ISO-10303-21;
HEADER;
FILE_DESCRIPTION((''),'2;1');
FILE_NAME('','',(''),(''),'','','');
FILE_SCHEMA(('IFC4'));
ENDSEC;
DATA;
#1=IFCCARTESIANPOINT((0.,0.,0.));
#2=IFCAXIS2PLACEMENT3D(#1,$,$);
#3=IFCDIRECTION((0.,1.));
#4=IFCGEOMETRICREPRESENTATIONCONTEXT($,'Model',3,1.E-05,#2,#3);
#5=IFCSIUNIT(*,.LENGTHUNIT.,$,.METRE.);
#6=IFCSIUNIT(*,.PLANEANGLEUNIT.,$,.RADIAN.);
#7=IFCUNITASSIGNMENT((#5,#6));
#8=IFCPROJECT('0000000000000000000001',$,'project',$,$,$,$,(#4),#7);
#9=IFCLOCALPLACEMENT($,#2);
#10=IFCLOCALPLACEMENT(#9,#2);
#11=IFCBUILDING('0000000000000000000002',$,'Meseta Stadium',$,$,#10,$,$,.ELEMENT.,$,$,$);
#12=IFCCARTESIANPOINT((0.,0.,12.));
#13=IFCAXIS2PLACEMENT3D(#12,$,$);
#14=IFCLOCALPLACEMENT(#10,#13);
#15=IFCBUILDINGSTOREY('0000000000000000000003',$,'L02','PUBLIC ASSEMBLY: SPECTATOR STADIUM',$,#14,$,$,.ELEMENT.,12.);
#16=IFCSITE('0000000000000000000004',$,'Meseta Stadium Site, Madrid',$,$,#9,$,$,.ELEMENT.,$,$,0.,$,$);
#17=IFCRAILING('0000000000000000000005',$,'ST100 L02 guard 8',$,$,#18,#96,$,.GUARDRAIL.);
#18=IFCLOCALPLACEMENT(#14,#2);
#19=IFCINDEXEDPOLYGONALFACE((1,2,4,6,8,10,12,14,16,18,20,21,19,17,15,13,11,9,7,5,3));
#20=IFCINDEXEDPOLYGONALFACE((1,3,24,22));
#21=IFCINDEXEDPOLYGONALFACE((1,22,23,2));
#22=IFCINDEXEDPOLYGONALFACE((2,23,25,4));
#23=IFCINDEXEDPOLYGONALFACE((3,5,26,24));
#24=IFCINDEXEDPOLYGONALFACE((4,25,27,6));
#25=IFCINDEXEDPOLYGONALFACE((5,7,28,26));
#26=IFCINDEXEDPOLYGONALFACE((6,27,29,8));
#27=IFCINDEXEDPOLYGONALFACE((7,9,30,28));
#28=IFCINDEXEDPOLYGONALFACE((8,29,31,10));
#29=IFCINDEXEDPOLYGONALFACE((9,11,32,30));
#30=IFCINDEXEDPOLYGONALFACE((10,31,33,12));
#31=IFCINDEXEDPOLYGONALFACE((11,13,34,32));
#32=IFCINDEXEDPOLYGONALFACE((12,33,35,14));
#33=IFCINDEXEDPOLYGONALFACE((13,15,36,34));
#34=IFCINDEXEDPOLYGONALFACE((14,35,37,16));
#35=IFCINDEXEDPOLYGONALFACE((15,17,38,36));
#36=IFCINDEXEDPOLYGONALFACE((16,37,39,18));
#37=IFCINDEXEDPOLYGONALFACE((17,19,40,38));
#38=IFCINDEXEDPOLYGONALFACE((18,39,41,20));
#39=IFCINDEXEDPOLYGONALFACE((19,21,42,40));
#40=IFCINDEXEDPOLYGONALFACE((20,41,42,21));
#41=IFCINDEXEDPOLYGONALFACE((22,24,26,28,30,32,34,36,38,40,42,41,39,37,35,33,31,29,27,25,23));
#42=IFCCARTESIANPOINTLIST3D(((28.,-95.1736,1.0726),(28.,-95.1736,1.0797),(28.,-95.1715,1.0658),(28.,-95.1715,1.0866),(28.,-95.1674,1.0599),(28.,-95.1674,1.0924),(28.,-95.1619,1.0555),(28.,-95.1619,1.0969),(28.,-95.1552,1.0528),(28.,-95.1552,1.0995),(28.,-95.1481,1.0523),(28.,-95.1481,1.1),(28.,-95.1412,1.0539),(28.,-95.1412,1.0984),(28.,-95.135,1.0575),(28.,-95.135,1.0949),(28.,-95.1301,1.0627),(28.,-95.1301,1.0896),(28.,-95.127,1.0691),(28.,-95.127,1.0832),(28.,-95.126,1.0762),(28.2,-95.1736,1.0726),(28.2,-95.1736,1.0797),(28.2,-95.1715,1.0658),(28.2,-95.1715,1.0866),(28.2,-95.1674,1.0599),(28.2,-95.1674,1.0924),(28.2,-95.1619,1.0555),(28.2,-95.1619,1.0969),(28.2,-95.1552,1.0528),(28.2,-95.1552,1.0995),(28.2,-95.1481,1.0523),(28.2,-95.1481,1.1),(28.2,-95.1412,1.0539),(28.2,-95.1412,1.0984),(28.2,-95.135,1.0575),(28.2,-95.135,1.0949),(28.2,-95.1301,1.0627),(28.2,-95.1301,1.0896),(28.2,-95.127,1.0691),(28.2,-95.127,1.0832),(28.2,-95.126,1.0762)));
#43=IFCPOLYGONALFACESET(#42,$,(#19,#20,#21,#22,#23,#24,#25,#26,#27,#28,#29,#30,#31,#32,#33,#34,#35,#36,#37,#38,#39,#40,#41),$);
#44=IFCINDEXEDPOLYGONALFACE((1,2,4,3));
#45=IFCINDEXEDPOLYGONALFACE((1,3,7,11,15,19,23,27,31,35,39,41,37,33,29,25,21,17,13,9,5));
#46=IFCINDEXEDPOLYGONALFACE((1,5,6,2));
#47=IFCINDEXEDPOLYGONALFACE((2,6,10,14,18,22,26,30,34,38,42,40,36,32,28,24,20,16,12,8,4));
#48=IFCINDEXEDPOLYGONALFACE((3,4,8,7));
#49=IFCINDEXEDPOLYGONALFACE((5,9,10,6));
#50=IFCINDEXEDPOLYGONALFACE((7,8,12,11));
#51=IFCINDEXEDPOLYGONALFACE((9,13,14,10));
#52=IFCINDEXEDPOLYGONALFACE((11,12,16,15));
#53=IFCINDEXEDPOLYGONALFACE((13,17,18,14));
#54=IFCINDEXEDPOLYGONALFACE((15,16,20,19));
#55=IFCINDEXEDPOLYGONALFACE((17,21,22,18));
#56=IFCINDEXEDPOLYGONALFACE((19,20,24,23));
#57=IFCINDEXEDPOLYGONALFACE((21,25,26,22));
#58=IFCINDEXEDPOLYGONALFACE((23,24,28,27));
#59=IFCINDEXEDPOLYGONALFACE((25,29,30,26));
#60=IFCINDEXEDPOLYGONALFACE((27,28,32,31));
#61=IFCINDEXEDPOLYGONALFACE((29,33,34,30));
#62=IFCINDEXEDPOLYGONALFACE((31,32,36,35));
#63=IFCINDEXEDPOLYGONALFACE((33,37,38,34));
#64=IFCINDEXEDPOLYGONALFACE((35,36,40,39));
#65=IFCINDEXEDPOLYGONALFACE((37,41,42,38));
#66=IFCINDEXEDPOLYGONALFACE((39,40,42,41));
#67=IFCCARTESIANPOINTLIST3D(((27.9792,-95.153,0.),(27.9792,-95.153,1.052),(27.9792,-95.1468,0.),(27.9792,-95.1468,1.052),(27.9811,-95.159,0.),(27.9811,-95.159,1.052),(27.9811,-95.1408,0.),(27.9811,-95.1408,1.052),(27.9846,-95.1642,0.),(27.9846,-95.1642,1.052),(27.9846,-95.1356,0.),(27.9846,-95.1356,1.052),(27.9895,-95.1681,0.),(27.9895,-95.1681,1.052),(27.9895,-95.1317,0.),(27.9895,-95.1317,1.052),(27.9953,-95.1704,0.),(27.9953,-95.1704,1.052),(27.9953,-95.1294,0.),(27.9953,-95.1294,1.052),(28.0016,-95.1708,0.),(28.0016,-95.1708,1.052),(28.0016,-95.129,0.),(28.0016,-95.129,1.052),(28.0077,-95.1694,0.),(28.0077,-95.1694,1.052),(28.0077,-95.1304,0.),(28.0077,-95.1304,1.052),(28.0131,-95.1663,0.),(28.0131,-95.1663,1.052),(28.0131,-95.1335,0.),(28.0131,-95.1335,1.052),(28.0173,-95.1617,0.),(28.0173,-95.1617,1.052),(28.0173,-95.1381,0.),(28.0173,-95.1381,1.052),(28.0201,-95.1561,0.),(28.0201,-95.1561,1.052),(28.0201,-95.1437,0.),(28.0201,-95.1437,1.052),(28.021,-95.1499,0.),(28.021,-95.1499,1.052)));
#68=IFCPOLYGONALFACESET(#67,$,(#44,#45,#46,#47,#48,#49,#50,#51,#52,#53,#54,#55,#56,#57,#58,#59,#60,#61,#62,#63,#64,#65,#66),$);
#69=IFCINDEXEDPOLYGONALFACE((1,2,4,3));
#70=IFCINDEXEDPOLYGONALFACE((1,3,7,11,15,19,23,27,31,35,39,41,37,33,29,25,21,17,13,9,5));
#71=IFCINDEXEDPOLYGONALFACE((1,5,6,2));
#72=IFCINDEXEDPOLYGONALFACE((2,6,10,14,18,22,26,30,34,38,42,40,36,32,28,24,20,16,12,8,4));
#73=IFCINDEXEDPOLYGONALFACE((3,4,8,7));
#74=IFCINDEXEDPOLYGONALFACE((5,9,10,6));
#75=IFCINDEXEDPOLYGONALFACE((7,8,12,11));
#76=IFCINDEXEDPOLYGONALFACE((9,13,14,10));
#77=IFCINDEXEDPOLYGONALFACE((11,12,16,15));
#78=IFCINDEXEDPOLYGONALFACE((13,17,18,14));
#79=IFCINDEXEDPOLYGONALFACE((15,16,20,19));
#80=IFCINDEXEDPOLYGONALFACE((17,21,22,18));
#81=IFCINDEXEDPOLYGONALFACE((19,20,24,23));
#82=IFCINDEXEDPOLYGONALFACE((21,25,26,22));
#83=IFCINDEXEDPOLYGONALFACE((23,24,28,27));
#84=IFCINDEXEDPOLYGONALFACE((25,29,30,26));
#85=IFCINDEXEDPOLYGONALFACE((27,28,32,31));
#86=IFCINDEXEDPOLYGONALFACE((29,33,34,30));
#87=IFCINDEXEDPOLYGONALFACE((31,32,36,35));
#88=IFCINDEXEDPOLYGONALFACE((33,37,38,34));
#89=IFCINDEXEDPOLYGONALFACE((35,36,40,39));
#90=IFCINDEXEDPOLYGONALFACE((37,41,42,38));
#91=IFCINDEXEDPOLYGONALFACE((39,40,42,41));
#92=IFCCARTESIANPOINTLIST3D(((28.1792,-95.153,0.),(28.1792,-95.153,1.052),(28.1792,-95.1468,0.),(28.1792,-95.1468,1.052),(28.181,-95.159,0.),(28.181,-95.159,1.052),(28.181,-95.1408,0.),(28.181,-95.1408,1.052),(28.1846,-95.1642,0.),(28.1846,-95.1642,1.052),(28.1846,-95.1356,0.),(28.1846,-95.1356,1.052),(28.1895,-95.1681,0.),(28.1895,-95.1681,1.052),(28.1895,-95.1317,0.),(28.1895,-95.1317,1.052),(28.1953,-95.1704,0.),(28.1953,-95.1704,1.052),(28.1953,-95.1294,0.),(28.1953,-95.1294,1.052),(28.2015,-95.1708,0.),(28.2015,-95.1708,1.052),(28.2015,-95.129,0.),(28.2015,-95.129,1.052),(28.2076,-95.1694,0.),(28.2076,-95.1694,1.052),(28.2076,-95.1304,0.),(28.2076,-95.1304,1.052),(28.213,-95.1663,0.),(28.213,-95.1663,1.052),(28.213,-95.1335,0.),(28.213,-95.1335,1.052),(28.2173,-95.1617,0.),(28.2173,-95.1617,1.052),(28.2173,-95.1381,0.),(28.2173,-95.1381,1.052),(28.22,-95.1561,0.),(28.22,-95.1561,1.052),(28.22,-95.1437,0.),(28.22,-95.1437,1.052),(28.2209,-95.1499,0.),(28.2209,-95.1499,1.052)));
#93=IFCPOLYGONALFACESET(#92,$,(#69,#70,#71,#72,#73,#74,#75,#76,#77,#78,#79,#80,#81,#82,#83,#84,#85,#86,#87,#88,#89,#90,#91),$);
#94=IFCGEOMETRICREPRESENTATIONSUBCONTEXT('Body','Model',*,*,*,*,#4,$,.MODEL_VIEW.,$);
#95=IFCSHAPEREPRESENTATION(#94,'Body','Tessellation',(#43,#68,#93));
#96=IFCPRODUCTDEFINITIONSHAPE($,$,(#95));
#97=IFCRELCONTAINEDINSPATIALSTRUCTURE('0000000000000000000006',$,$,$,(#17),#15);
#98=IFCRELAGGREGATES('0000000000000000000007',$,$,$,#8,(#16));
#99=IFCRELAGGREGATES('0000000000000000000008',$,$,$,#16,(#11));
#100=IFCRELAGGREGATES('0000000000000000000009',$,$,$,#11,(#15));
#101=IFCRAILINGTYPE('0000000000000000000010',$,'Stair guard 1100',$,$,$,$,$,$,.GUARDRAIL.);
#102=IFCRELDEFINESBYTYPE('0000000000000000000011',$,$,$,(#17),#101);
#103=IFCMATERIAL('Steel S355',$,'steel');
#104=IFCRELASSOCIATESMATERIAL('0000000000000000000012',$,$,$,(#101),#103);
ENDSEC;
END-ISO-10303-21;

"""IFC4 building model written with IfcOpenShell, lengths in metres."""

from ifc_helpers import new_model, si_unit, direction, frame, origin, origin_2d, place, context, subcontext, project, spatial, circle, extrude, material, type_object, element, save


model = new_model("IFC4")

# Units and contexts
model_context = context("Model", 3, precision=1e-05, world=origin(), true_north=direction((0.0, 1.0)))
body_context = subcontext(model_context, "Body", "Model", "MODEL_VIEW")
ifc_project = project(units=[si_unit("LENGTHUNIT", "METRE"), si_unit("PLANEANGLEUNIT", "RADIAN")], contexts=[model_context])

# Site, building, storey
site_placement = place(None, origin())
site = spatial("IfcSite", under=ifc_project, at=site_placement, Name="Meseta Stadium Site, Madrid", CompositionType="ELEMENT", RefElevation=0.0)
building_placement = place(site_placement, origin())
building = spatial("IfcBuilding", under=site, at=building_placement, Name="Meseta Stadium", CompositionType="ELEMENT")
storey_placement = place(building_placement, frame((0.0, 0.0, 12.0)))
storey = spatial("IfcBuildingStorey", under=building, at=storey_placement, Name="L02", Description="PUBLIC ASSEMBLY: SPECTATOR STADIUM", CompositionType="ELEMENT", Elevation=12.0)

# Railing
ifc_material_1 = material(Name="Steel S355", Category="steel")
railing_type_1 = type_object("IfcRailingType", Name="Stair guard 1100", PredefinedType="GUARDRAIL", material=ifc_material_1)
railing_1_placement = place(storey_placement, frame((28.0, -95.1499, 0.0)))
element("IfcRailing", 1, at=railing_1_placement, inside=storey, type_object=railing_type_1, Name="ST100 L02 guard 8", PredefinedType="GUARDRAIL", context=body_context, shape_type="SweptSolid", body=[
    extrude(circle(Radius=0.0239, at=origin_2d()), frame((0.0, 0.0, 1.0762), z_axis=(1.0, 0.0, 0.0), x_axis=(0.0, 1.0, 0.0)), (0.0, 0.0, 1.0), 0.2),
    extrude(circle(Radius=0.021, at=origin_2d()), origin(), (0.0, 0.0, 1.0), 1.052),
    extrude(circle(Radius=0.021, at=origin_2d()), frame((0.2, 0.0, 0.0)), (0.0, 0.0, 1.0), 1.052),
])

save(model, "model.ifc")
